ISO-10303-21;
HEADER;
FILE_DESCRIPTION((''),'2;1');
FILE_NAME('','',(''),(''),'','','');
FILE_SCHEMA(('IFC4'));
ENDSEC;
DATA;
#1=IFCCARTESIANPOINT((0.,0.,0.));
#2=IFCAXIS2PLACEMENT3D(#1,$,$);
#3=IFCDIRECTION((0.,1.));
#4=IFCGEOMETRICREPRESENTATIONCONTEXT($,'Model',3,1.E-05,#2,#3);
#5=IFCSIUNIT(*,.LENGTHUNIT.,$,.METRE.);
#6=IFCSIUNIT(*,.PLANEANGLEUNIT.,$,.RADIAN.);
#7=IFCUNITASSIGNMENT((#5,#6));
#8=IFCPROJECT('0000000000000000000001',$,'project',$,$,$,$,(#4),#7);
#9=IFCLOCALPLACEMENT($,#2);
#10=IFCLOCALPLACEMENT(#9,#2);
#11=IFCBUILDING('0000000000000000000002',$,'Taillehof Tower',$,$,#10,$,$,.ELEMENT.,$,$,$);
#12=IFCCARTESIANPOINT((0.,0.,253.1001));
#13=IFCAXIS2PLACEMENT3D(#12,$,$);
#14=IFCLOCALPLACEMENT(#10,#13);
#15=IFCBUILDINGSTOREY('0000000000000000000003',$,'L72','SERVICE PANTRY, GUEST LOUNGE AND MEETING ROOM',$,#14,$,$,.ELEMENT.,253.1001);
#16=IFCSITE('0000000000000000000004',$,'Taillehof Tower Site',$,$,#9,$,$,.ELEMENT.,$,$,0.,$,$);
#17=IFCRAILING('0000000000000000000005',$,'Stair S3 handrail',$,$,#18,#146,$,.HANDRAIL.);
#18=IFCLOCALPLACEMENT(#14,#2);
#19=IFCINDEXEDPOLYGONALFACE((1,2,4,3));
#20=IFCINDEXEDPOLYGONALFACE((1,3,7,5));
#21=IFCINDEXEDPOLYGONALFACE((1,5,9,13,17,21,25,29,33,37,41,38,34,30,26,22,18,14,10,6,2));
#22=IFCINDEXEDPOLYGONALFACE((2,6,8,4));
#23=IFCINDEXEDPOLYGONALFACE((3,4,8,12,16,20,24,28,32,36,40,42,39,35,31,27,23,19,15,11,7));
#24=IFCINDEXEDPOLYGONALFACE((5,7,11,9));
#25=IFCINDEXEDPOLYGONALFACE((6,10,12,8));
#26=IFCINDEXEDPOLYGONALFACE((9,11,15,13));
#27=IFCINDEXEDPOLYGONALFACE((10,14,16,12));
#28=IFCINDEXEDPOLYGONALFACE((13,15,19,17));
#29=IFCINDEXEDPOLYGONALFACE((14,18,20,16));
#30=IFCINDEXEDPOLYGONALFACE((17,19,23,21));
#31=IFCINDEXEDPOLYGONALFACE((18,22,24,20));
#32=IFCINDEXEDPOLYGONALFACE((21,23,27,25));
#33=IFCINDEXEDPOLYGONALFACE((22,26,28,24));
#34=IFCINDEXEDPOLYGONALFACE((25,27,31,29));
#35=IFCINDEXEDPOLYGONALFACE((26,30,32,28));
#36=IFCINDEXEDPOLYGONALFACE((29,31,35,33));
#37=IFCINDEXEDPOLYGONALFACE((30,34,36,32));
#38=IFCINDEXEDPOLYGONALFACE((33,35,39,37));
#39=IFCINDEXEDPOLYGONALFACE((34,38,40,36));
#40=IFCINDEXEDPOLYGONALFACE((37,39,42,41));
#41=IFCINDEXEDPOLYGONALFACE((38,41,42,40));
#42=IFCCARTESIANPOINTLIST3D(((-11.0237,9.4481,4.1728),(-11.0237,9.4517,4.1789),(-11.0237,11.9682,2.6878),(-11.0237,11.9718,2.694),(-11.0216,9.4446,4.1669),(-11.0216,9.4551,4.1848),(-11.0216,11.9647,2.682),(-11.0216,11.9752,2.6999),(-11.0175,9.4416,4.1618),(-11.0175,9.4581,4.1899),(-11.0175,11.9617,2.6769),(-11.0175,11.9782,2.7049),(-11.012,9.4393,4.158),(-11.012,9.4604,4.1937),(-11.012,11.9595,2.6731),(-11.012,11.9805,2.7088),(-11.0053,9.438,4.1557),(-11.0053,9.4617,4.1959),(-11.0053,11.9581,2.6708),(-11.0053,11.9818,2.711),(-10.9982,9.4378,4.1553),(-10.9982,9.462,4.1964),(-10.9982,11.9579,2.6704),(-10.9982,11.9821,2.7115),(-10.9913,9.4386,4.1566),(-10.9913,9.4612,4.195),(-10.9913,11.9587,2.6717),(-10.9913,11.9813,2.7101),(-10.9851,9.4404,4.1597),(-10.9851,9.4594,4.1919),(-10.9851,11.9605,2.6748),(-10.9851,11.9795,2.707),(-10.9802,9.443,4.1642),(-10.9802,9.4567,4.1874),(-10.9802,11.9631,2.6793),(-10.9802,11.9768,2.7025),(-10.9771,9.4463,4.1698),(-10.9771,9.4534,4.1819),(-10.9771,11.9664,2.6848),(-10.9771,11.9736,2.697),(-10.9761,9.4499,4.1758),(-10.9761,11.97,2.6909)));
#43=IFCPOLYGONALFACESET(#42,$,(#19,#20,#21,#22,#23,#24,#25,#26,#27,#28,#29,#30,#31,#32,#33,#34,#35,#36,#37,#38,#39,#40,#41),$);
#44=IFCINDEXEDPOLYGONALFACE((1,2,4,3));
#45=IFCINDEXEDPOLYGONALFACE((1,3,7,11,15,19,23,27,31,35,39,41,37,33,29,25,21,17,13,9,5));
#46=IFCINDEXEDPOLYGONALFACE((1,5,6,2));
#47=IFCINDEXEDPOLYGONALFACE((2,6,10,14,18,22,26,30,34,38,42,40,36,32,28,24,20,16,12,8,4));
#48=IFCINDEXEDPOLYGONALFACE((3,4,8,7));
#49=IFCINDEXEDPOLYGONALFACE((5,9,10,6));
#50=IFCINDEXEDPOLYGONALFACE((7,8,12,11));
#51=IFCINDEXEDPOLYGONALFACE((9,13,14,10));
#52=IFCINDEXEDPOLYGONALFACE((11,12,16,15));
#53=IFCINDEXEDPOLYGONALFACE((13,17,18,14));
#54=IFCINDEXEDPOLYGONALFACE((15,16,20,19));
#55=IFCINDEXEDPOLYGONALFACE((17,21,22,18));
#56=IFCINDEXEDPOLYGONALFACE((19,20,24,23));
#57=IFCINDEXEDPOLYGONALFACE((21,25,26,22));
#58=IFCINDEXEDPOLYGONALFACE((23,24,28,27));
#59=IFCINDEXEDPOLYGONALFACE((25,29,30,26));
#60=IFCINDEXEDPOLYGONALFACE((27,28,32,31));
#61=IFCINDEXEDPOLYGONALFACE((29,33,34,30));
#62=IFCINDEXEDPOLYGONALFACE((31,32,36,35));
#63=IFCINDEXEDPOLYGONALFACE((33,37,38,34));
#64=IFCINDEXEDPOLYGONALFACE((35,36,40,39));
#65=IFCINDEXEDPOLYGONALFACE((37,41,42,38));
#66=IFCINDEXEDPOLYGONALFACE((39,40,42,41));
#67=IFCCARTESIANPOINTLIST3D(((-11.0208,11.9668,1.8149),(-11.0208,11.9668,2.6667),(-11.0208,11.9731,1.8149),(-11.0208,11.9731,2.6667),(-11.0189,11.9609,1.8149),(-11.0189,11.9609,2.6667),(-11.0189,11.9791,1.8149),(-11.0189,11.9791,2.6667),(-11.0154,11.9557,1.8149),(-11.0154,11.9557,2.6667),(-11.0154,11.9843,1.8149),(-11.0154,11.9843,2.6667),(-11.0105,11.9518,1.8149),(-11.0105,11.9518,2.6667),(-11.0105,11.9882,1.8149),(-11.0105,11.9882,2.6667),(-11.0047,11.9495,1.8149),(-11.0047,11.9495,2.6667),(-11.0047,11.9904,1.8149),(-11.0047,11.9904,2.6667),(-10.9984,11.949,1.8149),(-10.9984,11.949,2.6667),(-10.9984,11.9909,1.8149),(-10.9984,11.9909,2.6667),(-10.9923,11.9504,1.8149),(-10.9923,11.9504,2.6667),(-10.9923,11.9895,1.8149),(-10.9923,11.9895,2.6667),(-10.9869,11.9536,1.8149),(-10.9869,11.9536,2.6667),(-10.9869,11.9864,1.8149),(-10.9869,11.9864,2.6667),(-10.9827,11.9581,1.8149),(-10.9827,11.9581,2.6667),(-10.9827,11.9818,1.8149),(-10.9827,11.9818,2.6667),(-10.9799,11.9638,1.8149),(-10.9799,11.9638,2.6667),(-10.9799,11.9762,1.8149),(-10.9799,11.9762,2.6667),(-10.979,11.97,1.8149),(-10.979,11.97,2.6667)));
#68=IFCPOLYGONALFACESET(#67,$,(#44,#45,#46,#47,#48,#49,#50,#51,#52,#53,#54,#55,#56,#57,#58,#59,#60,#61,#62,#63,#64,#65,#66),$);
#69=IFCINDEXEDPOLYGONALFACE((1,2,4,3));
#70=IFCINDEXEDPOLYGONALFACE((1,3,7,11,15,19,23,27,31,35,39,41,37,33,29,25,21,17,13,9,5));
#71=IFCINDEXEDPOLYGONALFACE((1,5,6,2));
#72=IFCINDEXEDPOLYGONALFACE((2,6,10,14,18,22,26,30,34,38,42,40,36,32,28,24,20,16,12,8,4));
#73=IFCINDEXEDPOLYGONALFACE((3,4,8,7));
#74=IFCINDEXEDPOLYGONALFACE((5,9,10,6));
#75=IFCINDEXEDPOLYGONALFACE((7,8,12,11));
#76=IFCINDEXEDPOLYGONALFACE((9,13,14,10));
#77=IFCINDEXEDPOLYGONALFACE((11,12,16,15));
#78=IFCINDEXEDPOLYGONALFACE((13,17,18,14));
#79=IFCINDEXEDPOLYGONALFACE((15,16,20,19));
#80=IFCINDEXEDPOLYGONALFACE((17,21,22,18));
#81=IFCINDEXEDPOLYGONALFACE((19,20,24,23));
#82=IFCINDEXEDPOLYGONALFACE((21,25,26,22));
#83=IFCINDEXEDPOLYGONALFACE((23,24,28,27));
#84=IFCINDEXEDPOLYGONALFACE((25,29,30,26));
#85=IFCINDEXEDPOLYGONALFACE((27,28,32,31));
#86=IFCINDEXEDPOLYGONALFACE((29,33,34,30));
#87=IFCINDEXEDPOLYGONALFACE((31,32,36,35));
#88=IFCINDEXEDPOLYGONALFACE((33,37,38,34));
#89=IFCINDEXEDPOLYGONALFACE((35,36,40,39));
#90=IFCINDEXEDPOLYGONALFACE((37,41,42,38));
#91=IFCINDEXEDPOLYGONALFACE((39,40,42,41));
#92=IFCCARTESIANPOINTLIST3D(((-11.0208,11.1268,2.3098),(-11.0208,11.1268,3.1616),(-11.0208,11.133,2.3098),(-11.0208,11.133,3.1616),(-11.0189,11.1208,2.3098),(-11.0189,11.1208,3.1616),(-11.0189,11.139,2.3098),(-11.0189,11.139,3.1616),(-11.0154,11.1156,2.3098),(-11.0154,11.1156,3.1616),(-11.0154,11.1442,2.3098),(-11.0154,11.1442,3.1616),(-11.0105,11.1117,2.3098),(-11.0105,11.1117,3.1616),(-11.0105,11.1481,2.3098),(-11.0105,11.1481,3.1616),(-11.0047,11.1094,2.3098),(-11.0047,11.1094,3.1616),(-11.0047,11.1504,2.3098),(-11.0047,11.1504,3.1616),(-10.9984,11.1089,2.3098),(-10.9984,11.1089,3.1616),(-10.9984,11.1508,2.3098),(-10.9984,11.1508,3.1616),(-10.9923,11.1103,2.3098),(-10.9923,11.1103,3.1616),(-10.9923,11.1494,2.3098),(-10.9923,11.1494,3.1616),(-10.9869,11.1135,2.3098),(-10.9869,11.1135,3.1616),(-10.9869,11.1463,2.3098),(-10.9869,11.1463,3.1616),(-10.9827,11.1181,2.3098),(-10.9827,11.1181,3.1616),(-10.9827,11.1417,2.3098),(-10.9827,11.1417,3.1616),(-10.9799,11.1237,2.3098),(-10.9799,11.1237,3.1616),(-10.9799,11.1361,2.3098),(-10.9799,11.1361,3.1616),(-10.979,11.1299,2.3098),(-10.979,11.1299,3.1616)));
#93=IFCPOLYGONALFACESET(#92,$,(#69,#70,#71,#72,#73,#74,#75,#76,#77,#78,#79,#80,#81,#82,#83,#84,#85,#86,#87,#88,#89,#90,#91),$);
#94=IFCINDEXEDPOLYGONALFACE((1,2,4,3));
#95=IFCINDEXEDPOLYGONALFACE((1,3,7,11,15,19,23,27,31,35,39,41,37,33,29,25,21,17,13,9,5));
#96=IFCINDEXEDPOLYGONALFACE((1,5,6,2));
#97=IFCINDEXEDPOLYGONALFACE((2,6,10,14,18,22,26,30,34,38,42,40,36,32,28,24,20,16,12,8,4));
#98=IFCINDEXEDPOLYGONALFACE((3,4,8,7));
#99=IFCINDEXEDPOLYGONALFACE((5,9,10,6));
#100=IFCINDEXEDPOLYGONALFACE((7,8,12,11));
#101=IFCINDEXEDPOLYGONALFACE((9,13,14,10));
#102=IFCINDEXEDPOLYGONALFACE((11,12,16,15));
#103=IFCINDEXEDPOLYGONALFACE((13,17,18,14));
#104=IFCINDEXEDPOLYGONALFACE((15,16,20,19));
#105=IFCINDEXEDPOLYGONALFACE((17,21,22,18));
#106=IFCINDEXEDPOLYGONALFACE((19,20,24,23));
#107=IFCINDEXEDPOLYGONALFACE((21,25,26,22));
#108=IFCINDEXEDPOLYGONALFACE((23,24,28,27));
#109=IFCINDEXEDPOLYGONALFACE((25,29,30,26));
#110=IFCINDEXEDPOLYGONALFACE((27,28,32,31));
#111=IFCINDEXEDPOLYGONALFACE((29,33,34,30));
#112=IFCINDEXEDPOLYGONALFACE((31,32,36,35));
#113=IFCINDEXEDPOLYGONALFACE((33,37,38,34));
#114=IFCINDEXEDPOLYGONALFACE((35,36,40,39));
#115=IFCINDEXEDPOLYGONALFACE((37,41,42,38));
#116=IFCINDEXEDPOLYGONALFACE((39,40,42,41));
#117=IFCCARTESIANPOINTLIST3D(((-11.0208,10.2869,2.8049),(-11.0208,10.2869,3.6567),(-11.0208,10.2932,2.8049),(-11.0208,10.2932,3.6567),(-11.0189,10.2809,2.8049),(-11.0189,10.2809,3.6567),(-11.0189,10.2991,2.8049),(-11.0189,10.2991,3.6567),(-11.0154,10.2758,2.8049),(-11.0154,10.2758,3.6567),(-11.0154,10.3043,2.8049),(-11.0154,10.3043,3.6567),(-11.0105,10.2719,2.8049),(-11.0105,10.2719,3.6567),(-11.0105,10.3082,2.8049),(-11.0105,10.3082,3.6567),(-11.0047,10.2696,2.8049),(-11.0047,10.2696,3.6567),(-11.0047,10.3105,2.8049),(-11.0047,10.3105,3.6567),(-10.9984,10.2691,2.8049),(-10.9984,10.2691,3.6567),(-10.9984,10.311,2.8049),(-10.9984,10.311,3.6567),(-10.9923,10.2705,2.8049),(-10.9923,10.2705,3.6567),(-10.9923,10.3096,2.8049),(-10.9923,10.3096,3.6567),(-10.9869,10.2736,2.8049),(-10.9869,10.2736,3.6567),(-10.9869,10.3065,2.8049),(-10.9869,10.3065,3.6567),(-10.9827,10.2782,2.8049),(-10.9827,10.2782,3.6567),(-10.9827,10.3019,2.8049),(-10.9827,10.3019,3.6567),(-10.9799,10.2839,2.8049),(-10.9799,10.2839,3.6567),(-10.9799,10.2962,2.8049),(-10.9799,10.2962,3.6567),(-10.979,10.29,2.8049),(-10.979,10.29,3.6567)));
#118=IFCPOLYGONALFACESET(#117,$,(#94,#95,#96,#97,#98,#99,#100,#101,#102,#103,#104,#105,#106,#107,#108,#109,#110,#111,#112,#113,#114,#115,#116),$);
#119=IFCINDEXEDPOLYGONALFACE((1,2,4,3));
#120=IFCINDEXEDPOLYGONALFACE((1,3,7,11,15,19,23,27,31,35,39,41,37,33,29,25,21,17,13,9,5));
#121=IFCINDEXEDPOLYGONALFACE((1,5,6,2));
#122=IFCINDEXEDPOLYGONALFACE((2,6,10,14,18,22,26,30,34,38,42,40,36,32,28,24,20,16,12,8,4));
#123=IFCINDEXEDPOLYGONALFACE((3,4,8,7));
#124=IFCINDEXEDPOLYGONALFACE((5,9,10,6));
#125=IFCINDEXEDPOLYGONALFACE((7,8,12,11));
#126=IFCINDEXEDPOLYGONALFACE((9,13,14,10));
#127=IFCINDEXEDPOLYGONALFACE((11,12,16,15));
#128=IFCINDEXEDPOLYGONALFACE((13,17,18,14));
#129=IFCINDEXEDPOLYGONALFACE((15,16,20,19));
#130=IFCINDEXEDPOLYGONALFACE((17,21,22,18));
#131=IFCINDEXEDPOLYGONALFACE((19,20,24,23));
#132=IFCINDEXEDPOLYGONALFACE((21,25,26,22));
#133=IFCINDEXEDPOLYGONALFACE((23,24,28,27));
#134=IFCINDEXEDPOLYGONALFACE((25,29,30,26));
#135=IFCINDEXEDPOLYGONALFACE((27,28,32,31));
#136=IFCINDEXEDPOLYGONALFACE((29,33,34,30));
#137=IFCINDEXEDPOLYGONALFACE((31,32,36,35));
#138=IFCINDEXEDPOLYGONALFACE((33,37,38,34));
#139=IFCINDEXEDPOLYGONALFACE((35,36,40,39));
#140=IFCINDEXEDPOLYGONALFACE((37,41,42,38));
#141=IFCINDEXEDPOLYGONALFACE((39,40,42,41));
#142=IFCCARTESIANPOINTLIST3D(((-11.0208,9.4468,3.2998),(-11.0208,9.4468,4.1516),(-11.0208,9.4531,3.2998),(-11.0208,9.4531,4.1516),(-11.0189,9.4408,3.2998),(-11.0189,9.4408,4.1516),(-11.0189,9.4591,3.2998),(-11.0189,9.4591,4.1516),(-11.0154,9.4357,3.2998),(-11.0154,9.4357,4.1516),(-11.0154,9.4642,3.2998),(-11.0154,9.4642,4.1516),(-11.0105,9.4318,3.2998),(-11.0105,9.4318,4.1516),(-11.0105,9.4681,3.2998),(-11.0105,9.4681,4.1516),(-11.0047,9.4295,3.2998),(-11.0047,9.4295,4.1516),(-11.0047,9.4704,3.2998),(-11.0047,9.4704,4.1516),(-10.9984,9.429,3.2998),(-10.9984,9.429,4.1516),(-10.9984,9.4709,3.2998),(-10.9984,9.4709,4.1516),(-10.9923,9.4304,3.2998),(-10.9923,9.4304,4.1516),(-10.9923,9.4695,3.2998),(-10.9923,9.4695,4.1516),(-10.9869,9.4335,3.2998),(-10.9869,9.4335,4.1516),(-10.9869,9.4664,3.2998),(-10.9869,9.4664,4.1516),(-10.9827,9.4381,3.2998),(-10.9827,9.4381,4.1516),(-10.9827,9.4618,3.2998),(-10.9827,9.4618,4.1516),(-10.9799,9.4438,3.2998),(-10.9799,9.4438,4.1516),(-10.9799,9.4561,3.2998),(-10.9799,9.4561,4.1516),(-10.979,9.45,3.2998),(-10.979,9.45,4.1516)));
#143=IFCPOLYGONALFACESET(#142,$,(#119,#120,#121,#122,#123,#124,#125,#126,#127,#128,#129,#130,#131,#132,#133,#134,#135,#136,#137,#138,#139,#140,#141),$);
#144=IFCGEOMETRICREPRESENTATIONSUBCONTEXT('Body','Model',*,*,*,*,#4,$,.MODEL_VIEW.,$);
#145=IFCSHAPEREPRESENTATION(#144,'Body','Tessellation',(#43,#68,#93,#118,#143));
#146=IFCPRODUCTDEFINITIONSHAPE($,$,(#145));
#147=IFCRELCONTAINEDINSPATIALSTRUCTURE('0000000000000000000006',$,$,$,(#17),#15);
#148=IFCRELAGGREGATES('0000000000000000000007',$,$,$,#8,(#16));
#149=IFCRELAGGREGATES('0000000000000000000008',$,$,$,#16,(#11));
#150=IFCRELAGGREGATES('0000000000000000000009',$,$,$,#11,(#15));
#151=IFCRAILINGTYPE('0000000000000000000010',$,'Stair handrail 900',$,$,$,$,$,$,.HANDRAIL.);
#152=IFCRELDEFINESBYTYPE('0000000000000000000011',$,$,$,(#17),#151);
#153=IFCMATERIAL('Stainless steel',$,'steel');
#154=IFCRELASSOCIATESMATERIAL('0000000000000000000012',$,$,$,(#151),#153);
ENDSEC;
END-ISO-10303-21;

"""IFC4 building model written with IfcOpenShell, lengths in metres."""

from ifc_helpers import new_model, si_unit, direction, frame, origin, origin_2d, place, context, subcontext, project, spatial, circle, extrude, material, type_object, element, save


model = new_model("IFC4")

# Units and contexts
model_context = context("Model", 3, precision=1e-05, world=origin(), true_north=direction((0.0, 1.0)))
body_context = subcontext(model_context, "Body", "Model", "MODEL_VIEW")
ifc_project = project(units=[si_unit("LENGTHUNIT", "METRE"), si_unit("PLANEANGLEUNIT", "RADIAN")], contexts=[model_context])

# Site, building, storey
site_placement = place(None, origin())
site = spatial("IfcSite", under=ifc_project, at=site_placement, Name="Taillehof Tower Site", CompositionType="ELEMENT", RefElevation=0.0)
building_placement = place(site_placement, origin())
building = spatial("IfcBuilding", under=site, at=building_placement, Name="Taillehof Tower", CompositionType="ELEMENT")
storey_placement = place(building_placement, frame((0.0, 0.0, 253.1001)))
storey = spatial("IfcBuildingStorey", under=building, at=storey_placement, Name="L72", Description="SERVICE PANTRY, GUEST LOUNGE AND MEETING ROOM", CompositionType="ELEMENT", Elevation=253.1001)

# Railing
ifc_material_1 = material(Name="Stainless steel", Category="steel")
railing_type = type_object("IfcRailingType", Name="Stair handrail 900", PredefinedType="HANDRAIL", material=ifc_material_1)
railing_placement = place(storey_placement, frame((-11.0, 11.97, 1.8149)))
element("IfcRailing", 1, at=railing_placement, inside=storey, type_object=railing_type, Name="Stair S3 handrail", PredefinedType="HANDRAIL", context=body_context, shape_type="SweptSolid", body=[
    extrude(circle(Radius=0.0239, at=origin_2d()), frame((0.0, 0.0, 0.876), z_axis=(0.0, -0.861561, 0.507655), x_axis=(1.0, 0.0, 0.0)), (0.0, 0.0, 1.0), 2.925),
    extrude(circle(Radius=0.021, at=origin_2d()), origin(), (0.0, 0.0, 1.0), 0.8518),
    extrude(circle(Radius=0.021, at=origin_2d()), frame((0.0, -0.8401, 0.4949)), (0.0, 0.0, 1.0), 0.8518),
    extrude(circle(Radius=0.021, at=origin_2d()), frame((0.0, -1.6799, 0.99)), (0.0, 0.0, 1.0), 0.8518),
    extrude(circle(Radius=0.021, at=origin_2d()), frame((0.0, -2.52, 1.4849)), (0.0, 0.0, 1.0), 0.8518),
])

save(model, "model.ifc")
